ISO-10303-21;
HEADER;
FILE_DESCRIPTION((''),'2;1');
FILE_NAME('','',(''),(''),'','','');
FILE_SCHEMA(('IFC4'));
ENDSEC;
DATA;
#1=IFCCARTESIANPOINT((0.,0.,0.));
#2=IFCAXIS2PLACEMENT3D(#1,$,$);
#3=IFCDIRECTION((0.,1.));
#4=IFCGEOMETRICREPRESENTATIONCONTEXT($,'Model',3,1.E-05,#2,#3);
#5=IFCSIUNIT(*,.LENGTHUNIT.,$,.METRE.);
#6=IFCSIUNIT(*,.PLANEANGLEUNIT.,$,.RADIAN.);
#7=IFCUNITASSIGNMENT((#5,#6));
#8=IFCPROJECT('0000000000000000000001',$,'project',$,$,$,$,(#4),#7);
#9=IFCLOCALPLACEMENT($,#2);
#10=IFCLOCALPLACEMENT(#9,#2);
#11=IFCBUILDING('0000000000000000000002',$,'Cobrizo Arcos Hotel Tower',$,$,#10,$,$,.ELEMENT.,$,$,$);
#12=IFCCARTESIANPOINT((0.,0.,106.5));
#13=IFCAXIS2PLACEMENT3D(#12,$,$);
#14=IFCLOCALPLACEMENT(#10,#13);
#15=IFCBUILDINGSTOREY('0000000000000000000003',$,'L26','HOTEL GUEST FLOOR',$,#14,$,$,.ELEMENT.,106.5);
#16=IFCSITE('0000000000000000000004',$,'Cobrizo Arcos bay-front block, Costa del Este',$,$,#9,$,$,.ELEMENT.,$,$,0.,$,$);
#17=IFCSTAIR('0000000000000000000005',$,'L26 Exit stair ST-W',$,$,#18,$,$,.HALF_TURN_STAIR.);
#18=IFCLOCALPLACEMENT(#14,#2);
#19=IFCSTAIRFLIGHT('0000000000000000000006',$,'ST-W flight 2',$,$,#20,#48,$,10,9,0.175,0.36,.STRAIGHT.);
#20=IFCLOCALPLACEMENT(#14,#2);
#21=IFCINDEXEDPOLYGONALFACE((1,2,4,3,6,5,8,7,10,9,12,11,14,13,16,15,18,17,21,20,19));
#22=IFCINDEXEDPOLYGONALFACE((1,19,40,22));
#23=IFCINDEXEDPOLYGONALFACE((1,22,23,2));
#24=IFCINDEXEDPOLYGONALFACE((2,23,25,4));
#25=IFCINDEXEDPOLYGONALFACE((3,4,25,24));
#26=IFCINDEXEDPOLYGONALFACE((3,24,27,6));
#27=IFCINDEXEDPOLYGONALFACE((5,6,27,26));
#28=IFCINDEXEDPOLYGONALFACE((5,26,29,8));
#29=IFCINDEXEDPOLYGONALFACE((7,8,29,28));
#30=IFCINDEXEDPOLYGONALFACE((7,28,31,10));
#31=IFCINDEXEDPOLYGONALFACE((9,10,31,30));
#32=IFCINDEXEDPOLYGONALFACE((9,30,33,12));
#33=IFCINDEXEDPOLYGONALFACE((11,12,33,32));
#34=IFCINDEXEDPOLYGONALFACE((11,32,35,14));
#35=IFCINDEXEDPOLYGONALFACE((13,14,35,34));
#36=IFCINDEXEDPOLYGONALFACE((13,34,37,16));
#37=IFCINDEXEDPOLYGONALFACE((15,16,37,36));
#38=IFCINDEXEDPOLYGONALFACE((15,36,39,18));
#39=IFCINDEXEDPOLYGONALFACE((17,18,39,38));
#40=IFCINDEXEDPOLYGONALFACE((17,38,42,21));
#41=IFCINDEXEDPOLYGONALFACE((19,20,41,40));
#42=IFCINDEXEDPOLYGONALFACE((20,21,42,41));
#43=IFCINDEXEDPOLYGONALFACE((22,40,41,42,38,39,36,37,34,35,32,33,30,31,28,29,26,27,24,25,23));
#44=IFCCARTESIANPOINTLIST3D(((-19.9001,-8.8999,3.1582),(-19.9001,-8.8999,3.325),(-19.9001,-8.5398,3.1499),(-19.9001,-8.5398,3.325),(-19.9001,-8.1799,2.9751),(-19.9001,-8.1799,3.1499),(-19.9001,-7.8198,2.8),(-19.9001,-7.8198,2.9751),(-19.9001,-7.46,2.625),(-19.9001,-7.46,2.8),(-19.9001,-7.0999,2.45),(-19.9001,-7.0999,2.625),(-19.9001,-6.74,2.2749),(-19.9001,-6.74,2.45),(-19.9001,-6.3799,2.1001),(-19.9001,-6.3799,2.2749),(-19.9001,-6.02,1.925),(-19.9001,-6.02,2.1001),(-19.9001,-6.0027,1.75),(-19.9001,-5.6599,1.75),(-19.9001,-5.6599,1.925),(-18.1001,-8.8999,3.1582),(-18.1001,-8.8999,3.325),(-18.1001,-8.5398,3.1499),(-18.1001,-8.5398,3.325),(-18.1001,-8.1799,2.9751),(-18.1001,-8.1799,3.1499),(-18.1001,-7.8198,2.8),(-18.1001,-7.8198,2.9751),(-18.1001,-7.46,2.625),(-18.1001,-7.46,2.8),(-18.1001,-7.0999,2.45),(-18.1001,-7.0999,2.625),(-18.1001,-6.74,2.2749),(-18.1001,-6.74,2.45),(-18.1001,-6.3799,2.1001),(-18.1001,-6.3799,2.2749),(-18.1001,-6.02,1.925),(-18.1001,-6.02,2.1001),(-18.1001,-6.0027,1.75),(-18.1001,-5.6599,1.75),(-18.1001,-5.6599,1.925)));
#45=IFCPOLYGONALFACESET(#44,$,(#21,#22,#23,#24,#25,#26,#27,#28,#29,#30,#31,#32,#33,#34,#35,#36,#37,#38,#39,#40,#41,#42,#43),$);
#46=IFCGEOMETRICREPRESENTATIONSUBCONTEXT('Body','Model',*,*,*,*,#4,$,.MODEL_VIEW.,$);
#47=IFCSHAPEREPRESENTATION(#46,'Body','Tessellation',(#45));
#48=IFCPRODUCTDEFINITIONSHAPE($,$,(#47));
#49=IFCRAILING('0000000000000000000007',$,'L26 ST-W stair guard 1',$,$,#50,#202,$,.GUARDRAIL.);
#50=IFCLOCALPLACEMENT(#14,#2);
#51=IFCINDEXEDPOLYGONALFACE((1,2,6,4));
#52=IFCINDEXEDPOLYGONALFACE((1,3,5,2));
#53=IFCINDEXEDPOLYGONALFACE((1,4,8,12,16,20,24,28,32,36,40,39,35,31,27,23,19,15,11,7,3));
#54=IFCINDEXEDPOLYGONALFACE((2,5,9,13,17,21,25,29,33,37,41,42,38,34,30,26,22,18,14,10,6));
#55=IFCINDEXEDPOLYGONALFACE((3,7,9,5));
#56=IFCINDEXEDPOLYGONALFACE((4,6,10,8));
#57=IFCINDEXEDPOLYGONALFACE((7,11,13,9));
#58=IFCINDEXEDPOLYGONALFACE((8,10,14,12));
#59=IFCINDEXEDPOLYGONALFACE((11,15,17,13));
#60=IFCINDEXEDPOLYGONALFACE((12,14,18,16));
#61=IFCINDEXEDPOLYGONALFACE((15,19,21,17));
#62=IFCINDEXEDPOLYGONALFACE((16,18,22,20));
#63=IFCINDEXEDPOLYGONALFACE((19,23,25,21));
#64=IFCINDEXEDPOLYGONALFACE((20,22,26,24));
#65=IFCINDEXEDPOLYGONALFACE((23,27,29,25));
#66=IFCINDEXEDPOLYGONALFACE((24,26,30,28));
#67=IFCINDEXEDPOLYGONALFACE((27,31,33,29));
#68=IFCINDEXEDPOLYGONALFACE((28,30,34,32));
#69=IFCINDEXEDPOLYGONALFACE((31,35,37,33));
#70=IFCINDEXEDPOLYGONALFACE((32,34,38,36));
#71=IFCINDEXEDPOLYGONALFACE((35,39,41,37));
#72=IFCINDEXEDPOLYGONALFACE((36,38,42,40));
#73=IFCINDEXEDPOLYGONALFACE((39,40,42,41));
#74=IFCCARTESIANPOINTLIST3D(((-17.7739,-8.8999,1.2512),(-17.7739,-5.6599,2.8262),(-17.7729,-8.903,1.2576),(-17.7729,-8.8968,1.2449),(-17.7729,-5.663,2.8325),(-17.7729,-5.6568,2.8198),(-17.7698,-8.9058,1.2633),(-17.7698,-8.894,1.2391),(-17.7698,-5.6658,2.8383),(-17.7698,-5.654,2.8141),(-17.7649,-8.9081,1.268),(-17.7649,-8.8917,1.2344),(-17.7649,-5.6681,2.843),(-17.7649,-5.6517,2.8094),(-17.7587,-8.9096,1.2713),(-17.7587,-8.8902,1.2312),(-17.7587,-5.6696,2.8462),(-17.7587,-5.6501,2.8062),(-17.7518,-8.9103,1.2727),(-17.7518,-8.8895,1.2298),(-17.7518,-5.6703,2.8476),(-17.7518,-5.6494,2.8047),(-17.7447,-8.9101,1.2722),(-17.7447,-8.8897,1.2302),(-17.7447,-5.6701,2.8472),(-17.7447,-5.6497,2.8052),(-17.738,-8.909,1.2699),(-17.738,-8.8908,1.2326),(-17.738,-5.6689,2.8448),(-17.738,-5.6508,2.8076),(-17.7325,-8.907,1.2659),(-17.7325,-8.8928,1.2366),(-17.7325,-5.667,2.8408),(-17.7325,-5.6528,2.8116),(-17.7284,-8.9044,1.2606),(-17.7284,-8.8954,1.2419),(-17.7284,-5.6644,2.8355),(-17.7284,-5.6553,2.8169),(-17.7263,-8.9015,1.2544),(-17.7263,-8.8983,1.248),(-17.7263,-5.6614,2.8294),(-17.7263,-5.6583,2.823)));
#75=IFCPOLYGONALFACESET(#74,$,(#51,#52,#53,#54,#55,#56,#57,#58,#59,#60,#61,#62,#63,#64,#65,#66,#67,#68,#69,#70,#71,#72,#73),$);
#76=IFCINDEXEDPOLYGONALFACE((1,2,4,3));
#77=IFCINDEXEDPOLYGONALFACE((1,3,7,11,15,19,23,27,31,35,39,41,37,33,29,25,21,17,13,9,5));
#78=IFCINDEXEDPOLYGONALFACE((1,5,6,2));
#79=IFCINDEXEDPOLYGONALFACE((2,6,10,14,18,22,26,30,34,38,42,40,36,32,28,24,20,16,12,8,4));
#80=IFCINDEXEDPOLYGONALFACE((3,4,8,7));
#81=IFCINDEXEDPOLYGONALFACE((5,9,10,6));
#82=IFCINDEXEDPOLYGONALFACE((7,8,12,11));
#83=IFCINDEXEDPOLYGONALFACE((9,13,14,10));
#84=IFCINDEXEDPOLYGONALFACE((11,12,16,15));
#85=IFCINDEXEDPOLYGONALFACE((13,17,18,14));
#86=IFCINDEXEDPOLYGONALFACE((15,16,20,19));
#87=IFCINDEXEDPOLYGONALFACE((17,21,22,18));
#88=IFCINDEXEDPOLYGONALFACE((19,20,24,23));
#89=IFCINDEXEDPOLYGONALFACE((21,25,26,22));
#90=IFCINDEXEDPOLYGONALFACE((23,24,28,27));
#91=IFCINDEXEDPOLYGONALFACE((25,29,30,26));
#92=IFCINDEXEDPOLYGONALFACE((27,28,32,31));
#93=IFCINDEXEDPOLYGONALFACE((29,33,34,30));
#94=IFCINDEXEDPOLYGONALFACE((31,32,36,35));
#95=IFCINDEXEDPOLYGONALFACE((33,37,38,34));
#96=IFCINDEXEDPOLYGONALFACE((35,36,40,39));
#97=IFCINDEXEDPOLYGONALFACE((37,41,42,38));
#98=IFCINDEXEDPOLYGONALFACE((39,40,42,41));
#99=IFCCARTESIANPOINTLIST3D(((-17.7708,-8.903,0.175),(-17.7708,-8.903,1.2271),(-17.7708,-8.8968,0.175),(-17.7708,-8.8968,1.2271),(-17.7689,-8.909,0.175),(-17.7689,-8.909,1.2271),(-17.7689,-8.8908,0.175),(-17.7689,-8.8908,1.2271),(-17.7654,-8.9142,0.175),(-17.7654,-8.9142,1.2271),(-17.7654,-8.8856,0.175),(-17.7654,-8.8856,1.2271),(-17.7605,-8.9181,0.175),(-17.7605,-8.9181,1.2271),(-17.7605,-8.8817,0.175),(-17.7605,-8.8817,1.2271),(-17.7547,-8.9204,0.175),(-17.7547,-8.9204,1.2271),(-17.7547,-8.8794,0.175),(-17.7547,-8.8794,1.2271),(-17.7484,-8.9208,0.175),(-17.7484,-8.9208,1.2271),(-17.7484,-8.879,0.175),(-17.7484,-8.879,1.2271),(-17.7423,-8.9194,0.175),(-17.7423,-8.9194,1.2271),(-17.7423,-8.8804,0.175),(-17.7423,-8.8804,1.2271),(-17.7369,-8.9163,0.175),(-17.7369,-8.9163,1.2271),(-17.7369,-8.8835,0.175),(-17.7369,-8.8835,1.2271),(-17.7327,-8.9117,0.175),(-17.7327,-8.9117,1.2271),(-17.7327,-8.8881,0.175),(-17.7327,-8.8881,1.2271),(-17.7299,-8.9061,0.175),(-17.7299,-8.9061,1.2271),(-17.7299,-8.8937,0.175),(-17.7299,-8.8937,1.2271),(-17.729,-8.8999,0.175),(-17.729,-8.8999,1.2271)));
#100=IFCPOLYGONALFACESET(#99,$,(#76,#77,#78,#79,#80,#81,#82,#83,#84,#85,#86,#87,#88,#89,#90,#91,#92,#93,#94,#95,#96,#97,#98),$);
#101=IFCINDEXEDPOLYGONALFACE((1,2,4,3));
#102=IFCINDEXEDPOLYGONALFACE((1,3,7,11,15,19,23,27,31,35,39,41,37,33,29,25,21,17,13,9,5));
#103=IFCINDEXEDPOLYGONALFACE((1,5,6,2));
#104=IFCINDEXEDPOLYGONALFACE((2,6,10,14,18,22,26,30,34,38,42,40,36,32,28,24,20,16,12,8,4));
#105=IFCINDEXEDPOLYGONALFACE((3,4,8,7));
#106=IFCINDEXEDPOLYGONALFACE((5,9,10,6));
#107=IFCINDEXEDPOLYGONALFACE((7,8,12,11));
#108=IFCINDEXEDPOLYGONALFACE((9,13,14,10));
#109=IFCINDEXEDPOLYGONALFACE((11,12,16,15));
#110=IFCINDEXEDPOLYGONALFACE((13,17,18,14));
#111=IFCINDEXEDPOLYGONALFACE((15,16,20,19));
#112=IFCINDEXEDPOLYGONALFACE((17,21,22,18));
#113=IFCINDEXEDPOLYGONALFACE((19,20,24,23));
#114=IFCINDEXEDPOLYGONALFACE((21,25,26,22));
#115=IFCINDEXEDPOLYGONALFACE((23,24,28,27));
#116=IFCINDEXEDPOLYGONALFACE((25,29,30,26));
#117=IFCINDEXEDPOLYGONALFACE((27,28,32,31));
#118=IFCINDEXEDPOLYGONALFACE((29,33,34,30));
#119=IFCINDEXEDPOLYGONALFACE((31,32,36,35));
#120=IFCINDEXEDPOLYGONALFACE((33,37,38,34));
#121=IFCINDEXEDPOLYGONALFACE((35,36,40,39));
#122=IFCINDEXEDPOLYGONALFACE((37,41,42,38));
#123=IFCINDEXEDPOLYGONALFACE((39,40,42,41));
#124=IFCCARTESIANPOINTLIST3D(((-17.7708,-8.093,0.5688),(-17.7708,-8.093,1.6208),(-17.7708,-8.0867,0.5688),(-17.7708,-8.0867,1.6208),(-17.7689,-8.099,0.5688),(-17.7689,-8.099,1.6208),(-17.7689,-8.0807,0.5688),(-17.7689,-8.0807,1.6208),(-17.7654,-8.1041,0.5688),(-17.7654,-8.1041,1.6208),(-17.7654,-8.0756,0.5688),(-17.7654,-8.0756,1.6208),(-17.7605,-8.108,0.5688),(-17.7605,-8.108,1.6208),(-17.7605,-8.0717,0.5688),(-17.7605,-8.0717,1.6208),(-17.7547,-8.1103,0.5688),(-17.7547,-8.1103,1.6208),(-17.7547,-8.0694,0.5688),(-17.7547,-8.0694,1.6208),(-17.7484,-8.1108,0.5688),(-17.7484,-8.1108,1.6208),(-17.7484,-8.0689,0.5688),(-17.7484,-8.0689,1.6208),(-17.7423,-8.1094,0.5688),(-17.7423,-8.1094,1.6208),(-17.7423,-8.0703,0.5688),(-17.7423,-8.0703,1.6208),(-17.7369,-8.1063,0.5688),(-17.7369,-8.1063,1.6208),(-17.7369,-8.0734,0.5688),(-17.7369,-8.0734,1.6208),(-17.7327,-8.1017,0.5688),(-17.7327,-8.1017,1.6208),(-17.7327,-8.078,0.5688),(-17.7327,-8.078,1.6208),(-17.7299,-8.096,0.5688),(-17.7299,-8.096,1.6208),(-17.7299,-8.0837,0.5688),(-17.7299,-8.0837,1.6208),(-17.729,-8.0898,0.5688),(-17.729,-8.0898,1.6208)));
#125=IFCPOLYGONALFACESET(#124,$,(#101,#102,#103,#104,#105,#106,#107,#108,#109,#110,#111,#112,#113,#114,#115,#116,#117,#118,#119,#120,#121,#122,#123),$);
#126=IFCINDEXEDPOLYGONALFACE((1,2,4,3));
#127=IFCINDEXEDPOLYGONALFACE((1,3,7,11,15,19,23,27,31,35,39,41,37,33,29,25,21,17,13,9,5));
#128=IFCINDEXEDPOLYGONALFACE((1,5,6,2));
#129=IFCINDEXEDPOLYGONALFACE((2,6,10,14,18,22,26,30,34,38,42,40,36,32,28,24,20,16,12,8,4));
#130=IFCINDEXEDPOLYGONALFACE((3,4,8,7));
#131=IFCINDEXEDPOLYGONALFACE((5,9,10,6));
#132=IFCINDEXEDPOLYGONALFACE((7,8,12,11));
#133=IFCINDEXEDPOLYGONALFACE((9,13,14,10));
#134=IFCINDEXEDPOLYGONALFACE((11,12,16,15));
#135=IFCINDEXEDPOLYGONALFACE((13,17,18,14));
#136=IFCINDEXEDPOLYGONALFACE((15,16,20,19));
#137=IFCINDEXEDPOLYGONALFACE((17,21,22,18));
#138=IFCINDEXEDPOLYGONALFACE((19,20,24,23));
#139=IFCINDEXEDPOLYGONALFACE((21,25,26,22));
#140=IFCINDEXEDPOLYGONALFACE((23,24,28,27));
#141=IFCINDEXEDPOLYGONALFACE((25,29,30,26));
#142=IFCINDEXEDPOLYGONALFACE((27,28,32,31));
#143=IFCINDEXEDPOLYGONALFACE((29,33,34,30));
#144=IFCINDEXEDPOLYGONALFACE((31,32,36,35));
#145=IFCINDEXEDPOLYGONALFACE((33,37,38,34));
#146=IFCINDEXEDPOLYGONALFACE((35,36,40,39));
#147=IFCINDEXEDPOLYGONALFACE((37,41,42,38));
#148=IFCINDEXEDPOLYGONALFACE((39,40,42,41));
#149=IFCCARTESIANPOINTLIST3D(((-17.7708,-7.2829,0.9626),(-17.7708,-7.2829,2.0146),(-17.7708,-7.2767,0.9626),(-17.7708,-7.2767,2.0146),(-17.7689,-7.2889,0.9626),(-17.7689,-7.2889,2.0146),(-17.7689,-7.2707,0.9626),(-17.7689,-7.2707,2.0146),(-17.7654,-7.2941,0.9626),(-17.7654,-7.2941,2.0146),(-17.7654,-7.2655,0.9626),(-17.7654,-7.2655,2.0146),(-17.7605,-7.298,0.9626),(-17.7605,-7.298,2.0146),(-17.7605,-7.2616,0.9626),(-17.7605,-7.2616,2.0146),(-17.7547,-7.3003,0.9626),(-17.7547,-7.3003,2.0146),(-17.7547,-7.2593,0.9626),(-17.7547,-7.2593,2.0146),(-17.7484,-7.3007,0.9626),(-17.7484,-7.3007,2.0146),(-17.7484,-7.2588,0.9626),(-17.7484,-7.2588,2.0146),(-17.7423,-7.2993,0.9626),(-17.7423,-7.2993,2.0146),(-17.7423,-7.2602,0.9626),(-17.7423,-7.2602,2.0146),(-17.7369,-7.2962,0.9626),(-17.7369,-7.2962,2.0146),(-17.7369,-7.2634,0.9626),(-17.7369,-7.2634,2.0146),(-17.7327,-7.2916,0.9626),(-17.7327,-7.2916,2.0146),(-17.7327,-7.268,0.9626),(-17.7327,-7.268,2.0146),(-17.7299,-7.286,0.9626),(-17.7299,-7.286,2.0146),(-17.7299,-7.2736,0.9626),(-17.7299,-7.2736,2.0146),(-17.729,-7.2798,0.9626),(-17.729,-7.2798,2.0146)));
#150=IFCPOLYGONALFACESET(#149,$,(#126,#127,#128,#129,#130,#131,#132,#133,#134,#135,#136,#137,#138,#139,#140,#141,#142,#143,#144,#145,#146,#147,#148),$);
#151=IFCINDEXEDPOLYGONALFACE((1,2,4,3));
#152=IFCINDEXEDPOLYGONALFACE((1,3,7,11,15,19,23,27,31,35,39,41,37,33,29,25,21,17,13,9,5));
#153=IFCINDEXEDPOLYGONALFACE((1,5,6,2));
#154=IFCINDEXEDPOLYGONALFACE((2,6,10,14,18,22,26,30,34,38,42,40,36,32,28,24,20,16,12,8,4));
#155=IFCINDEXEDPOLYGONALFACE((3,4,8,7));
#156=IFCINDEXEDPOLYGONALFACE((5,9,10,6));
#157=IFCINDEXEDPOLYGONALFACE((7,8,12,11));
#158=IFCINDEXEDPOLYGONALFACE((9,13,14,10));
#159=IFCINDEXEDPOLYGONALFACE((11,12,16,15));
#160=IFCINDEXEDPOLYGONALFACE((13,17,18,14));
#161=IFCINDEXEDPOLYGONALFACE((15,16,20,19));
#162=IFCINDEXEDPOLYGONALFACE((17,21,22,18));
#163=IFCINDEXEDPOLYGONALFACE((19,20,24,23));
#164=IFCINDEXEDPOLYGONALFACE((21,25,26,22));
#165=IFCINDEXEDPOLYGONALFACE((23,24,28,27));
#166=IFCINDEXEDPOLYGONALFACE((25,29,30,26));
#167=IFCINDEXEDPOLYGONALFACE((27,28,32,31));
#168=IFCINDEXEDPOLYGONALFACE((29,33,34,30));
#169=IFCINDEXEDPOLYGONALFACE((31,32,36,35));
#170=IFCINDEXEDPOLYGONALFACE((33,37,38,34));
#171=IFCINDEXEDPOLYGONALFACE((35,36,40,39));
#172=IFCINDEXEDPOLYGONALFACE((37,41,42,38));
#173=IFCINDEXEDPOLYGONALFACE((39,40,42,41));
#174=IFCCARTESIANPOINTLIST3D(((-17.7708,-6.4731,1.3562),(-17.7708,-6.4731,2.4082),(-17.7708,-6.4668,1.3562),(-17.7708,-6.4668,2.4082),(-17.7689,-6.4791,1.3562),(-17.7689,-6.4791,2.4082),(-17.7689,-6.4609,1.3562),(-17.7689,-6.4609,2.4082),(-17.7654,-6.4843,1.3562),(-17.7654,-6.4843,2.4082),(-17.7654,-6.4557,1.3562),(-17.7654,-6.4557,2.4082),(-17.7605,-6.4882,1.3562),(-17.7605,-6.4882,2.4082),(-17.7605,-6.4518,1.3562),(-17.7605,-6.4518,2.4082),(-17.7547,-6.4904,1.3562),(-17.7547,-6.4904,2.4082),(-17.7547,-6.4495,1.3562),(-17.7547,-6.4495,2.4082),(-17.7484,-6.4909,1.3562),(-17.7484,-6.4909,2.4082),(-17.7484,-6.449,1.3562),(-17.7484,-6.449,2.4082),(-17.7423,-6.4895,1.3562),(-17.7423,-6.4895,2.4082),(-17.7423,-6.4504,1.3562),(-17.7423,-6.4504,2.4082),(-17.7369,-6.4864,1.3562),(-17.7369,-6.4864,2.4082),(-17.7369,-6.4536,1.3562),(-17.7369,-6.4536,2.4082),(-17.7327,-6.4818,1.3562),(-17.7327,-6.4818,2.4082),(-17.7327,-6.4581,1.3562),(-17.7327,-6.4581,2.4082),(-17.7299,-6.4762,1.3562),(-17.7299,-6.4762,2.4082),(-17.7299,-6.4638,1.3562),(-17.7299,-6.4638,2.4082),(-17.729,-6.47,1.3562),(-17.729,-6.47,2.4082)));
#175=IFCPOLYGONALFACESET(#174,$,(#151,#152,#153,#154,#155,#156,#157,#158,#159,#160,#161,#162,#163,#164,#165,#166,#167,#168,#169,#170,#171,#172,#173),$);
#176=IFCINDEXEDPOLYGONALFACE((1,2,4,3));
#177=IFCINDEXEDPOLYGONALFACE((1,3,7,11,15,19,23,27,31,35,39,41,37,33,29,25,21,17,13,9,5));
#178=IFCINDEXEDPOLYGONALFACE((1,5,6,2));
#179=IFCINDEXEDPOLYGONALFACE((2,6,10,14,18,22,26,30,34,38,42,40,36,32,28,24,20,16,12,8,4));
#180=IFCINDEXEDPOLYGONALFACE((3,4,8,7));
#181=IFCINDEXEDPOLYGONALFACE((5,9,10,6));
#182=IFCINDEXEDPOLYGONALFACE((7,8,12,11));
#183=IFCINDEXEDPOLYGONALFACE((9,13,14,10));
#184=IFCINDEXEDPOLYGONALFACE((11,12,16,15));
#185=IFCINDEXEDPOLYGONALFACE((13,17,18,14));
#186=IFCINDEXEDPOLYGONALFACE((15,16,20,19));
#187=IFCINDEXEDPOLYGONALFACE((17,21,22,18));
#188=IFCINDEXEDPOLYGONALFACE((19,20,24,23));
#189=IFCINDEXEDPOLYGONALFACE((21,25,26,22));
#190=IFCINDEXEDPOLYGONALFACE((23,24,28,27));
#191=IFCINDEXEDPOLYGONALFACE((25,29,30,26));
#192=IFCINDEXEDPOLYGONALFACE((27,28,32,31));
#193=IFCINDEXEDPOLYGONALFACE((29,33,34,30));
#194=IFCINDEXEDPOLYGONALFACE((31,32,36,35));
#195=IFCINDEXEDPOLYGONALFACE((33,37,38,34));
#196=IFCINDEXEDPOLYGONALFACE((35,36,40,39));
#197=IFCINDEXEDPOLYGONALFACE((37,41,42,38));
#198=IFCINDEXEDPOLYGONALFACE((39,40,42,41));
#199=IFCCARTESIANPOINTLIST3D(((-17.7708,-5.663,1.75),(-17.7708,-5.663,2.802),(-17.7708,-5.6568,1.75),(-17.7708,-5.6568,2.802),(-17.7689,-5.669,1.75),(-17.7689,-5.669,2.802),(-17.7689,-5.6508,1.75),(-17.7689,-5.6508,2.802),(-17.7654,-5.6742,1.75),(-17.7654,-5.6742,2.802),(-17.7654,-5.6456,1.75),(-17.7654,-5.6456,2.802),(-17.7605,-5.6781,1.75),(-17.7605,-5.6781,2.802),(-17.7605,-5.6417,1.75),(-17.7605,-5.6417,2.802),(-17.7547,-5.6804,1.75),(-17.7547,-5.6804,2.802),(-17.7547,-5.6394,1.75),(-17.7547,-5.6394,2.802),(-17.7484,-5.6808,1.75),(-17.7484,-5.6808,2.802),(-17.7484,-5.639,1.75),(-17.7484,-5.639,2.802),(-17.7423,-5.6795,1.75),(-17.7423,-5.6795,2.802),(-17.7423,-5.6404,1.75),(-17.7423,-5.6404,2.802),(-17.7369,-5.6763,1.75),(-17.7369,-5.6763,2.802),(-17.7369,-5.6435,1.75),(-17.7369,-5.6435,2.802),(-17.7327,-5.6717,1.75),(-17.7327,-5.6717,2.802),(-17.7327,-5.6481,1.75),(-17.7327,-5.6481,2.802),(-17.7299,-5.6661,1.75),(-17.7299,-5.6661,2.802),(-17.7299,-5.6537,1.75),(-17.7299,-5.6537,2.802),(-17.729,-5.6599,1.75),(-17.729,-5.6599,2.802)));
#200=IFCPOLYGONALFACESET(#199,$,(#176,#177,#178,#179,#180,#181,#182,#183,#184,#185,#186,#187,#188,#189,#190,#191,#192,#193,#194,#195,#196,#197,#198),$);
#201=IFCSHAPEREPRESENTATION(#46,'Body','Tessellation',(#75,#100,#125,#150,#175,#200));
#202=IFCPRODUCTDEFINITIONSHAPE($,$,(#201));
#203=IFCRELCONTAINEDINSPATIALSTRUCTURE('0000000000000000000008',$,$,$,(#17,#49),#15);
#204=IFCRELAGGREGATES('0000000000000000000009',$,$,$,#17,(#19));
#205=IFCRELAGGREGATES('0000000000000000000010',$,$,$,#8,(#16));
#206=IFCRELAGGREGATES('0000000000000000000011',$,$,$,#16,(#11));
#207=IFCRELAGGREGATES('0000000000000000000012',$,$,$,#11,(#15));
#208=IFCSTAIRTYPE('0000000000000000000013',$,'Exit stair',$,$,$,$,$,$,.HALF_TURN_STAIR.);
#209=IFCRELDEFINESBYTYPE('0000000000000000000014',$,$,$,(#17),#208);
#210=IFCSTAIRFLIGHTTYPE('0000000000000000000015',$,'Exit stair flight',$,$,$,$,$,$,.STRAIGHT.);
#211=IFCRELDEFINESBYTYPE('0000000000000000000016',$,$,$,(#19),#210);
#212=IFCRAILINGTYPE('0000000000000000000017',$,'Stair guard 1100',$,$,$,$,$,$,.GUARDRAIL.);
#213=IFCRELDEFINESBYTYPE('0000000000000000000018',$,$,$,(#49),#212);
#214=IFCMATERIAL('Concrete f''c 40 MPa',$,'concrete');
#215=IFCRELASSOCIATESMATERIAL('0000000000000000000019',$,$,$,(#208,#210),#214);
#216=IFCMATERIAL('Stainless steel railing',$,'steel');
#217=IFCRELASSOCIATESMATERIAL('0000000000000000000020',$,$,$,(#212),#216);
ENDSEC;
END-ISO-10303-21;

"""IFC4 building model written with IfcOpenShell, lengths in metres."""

from ifc_helpers import new_model, si_unit, direction, frame, origin, origin_2d, place, context, subcontext, project, spatial, polyline, circle, outline, extrude, material, type_object, element, aggregate, save


model = new_model("IFC4")

# Units and contexts
model_context = context("Model", 3, precision=1e-05, world=origin(), true_north=direction((0.0, 1.0)))
body_context = subcontext(model_context, "Body", "Model", "MODEL_VIEW")
ifc_project = project(units=[si_unit("LENGTHUNIT", "METRE"), si_unit("PLANEANGLEUNIT", "RADIAN")], contexts=[model_context])

# Site, building, storey
site_placement = place(None, origin())
site = spatial("IfcSite", under=ifc_project, at=site_placement, Name="Cobrizo Arcos bay-front block, Costa del Este", CompositionType="ELEMENT", RefElevation=0.0)
building_placement = place(site_placement, origin())
building = spatial("IfcBuilding", under=site, at=building_placement, Name="Cobrizo Arcos Hotel Tower", CompositionType="ELEMENT")
storey_placement = place(building_placement, frame((0.0, 0.0, 106.5)))
storey = spatial("IfcBuildingStorey", under=building, at=storey_placement, Name="L26", Description="HOTEL GUEST FLOOR", CompositionType="ELEMENT", Elevation=106.5)

# Shared definitions
ifc_material_1 = material(Name="Concrete f'c 40 MPa", Category="concrete")

# Stair, stair flight
stair_type = type_object("IfcStairType", Name="Exit stair", PredefinedType="HALF_TURN_STAIR", material=ifc_material_1)
stair_placement = place(storey_placement, origin())
stair = element("IfcStair", 1, at=stair_placement, inside=storey, type_object=stair_type, Name="L26 Exit stair ST-W", PredefinedType="HALF_TURN_STAIR")
stair_flight_type = type_object("IfcStairFlightType", Name="Exit stair flight", PredefinedType="STRAIGHT", material=ifc_material_1)
stair_flight_1_placement = place(storey_placement, frame((-19.0, -5.6599, 1.75), z_axis=(0.0, 0.0, 1.0), x_axis=(0.0, -1.0, 0.0)))
stair_flight_1 = element("IfcStairFlight", 2, at=stair_flight_1_placement, type_object=stair_flight_type, Name="ST-W flight 2", NumberOfRisers=10, NumberOfTreads=9, PredefinedType="STRAIGHT", RiserHeight=0.175, TreadLength=0.36, context=body_context, shape_type="SweptSolid", body=[
    extrude(outline(polyline([(0.0, 0.0), (0.0, 0.175), (0.3601, 0.175), (0.3601, 0.3501), (0.72, 0.3501), (0.72, 0.5249), (1.0801, 0.5249), (1.0801, 0.7), (1.4399, 0.7), (1.4399, 0.875), (1.8, 0.875), (1.8, 1.05), (2.1599, 1.05), (2.1599, 1.2251), (2.52, 1.2251), (2.52, 1.3999), (2.8799, 1.3999), (2.8799, 1.575), (3.24, 1.575), (3.24, 1.75), (3.24, 1.4082), (0.3428, 0.0), (0.0, 0.0)])), frame((0.0, 0.8999, 0.0), z_axis=(0.0, -1.0, 0.0), x_axis=(1.0, 0.0, 0.0)), (0.0, 0.0, 1.0), 1.8),
])
aggregate(stair, [stair_flight_1])

# Railing
ifc_material_2 = material(Name="Stainless steel railing", Category="steel")
railing_type_1 = type_object("IfcRailingType", Name="Stair guard 1100", PredefinedType="GUARDRAIL", material=ifc_material_2)
railing_1_placement = place(storey_placement, frame((-17.75, -8.8999, 0.175)))
element("IfcRailing", 3, at=railing_1_placement, inside=storey, type_object=railing_type_1, Name="L26 ST-W stair guard 1", PredefinedType="GUARDRAIL", context=body_context, shape_type="SweptSolid", body=[
    extrude(circle(Radius=0.0239, at=origin_2d()), frame((0.0, 0.0, 1.0762), z_axis=(0.0, 0.899373, 0.437183), x_axis=(-1.0, 0.0, 0.0)), (0.0, 0.0, 1.0), 3.6025),
    extrude(circle(Radius=0.021, at=origin_2d()), origin(), (0.0, 0.0, 1.0), 1.052),
    extrude(circle(Radius=0.021, at=origin_2d()), frame((0.0, 0.8101, 0.3938)), (0.0, 0.0, 1.0), 1.052),
    extrude(circle(Radius=0.021, at=origin_2d()), frame((0.0, 1.6201, 0.7876)), (0.0, 0.0, 1.0), 1.052),
    extrude(circle(Radius=0.021, at=origin_2d()), frame((0.0, 2.4299, 1.1812)), (0.0, 0.0, 1.0), 1.052),
    extrude(circle(Radius=0.021, at=origin_2d()), frame((0.0, 3.24, 1.575)), (0.0, 0.0, 1.0), 1.052),
])

save(model, "model.ifc")
